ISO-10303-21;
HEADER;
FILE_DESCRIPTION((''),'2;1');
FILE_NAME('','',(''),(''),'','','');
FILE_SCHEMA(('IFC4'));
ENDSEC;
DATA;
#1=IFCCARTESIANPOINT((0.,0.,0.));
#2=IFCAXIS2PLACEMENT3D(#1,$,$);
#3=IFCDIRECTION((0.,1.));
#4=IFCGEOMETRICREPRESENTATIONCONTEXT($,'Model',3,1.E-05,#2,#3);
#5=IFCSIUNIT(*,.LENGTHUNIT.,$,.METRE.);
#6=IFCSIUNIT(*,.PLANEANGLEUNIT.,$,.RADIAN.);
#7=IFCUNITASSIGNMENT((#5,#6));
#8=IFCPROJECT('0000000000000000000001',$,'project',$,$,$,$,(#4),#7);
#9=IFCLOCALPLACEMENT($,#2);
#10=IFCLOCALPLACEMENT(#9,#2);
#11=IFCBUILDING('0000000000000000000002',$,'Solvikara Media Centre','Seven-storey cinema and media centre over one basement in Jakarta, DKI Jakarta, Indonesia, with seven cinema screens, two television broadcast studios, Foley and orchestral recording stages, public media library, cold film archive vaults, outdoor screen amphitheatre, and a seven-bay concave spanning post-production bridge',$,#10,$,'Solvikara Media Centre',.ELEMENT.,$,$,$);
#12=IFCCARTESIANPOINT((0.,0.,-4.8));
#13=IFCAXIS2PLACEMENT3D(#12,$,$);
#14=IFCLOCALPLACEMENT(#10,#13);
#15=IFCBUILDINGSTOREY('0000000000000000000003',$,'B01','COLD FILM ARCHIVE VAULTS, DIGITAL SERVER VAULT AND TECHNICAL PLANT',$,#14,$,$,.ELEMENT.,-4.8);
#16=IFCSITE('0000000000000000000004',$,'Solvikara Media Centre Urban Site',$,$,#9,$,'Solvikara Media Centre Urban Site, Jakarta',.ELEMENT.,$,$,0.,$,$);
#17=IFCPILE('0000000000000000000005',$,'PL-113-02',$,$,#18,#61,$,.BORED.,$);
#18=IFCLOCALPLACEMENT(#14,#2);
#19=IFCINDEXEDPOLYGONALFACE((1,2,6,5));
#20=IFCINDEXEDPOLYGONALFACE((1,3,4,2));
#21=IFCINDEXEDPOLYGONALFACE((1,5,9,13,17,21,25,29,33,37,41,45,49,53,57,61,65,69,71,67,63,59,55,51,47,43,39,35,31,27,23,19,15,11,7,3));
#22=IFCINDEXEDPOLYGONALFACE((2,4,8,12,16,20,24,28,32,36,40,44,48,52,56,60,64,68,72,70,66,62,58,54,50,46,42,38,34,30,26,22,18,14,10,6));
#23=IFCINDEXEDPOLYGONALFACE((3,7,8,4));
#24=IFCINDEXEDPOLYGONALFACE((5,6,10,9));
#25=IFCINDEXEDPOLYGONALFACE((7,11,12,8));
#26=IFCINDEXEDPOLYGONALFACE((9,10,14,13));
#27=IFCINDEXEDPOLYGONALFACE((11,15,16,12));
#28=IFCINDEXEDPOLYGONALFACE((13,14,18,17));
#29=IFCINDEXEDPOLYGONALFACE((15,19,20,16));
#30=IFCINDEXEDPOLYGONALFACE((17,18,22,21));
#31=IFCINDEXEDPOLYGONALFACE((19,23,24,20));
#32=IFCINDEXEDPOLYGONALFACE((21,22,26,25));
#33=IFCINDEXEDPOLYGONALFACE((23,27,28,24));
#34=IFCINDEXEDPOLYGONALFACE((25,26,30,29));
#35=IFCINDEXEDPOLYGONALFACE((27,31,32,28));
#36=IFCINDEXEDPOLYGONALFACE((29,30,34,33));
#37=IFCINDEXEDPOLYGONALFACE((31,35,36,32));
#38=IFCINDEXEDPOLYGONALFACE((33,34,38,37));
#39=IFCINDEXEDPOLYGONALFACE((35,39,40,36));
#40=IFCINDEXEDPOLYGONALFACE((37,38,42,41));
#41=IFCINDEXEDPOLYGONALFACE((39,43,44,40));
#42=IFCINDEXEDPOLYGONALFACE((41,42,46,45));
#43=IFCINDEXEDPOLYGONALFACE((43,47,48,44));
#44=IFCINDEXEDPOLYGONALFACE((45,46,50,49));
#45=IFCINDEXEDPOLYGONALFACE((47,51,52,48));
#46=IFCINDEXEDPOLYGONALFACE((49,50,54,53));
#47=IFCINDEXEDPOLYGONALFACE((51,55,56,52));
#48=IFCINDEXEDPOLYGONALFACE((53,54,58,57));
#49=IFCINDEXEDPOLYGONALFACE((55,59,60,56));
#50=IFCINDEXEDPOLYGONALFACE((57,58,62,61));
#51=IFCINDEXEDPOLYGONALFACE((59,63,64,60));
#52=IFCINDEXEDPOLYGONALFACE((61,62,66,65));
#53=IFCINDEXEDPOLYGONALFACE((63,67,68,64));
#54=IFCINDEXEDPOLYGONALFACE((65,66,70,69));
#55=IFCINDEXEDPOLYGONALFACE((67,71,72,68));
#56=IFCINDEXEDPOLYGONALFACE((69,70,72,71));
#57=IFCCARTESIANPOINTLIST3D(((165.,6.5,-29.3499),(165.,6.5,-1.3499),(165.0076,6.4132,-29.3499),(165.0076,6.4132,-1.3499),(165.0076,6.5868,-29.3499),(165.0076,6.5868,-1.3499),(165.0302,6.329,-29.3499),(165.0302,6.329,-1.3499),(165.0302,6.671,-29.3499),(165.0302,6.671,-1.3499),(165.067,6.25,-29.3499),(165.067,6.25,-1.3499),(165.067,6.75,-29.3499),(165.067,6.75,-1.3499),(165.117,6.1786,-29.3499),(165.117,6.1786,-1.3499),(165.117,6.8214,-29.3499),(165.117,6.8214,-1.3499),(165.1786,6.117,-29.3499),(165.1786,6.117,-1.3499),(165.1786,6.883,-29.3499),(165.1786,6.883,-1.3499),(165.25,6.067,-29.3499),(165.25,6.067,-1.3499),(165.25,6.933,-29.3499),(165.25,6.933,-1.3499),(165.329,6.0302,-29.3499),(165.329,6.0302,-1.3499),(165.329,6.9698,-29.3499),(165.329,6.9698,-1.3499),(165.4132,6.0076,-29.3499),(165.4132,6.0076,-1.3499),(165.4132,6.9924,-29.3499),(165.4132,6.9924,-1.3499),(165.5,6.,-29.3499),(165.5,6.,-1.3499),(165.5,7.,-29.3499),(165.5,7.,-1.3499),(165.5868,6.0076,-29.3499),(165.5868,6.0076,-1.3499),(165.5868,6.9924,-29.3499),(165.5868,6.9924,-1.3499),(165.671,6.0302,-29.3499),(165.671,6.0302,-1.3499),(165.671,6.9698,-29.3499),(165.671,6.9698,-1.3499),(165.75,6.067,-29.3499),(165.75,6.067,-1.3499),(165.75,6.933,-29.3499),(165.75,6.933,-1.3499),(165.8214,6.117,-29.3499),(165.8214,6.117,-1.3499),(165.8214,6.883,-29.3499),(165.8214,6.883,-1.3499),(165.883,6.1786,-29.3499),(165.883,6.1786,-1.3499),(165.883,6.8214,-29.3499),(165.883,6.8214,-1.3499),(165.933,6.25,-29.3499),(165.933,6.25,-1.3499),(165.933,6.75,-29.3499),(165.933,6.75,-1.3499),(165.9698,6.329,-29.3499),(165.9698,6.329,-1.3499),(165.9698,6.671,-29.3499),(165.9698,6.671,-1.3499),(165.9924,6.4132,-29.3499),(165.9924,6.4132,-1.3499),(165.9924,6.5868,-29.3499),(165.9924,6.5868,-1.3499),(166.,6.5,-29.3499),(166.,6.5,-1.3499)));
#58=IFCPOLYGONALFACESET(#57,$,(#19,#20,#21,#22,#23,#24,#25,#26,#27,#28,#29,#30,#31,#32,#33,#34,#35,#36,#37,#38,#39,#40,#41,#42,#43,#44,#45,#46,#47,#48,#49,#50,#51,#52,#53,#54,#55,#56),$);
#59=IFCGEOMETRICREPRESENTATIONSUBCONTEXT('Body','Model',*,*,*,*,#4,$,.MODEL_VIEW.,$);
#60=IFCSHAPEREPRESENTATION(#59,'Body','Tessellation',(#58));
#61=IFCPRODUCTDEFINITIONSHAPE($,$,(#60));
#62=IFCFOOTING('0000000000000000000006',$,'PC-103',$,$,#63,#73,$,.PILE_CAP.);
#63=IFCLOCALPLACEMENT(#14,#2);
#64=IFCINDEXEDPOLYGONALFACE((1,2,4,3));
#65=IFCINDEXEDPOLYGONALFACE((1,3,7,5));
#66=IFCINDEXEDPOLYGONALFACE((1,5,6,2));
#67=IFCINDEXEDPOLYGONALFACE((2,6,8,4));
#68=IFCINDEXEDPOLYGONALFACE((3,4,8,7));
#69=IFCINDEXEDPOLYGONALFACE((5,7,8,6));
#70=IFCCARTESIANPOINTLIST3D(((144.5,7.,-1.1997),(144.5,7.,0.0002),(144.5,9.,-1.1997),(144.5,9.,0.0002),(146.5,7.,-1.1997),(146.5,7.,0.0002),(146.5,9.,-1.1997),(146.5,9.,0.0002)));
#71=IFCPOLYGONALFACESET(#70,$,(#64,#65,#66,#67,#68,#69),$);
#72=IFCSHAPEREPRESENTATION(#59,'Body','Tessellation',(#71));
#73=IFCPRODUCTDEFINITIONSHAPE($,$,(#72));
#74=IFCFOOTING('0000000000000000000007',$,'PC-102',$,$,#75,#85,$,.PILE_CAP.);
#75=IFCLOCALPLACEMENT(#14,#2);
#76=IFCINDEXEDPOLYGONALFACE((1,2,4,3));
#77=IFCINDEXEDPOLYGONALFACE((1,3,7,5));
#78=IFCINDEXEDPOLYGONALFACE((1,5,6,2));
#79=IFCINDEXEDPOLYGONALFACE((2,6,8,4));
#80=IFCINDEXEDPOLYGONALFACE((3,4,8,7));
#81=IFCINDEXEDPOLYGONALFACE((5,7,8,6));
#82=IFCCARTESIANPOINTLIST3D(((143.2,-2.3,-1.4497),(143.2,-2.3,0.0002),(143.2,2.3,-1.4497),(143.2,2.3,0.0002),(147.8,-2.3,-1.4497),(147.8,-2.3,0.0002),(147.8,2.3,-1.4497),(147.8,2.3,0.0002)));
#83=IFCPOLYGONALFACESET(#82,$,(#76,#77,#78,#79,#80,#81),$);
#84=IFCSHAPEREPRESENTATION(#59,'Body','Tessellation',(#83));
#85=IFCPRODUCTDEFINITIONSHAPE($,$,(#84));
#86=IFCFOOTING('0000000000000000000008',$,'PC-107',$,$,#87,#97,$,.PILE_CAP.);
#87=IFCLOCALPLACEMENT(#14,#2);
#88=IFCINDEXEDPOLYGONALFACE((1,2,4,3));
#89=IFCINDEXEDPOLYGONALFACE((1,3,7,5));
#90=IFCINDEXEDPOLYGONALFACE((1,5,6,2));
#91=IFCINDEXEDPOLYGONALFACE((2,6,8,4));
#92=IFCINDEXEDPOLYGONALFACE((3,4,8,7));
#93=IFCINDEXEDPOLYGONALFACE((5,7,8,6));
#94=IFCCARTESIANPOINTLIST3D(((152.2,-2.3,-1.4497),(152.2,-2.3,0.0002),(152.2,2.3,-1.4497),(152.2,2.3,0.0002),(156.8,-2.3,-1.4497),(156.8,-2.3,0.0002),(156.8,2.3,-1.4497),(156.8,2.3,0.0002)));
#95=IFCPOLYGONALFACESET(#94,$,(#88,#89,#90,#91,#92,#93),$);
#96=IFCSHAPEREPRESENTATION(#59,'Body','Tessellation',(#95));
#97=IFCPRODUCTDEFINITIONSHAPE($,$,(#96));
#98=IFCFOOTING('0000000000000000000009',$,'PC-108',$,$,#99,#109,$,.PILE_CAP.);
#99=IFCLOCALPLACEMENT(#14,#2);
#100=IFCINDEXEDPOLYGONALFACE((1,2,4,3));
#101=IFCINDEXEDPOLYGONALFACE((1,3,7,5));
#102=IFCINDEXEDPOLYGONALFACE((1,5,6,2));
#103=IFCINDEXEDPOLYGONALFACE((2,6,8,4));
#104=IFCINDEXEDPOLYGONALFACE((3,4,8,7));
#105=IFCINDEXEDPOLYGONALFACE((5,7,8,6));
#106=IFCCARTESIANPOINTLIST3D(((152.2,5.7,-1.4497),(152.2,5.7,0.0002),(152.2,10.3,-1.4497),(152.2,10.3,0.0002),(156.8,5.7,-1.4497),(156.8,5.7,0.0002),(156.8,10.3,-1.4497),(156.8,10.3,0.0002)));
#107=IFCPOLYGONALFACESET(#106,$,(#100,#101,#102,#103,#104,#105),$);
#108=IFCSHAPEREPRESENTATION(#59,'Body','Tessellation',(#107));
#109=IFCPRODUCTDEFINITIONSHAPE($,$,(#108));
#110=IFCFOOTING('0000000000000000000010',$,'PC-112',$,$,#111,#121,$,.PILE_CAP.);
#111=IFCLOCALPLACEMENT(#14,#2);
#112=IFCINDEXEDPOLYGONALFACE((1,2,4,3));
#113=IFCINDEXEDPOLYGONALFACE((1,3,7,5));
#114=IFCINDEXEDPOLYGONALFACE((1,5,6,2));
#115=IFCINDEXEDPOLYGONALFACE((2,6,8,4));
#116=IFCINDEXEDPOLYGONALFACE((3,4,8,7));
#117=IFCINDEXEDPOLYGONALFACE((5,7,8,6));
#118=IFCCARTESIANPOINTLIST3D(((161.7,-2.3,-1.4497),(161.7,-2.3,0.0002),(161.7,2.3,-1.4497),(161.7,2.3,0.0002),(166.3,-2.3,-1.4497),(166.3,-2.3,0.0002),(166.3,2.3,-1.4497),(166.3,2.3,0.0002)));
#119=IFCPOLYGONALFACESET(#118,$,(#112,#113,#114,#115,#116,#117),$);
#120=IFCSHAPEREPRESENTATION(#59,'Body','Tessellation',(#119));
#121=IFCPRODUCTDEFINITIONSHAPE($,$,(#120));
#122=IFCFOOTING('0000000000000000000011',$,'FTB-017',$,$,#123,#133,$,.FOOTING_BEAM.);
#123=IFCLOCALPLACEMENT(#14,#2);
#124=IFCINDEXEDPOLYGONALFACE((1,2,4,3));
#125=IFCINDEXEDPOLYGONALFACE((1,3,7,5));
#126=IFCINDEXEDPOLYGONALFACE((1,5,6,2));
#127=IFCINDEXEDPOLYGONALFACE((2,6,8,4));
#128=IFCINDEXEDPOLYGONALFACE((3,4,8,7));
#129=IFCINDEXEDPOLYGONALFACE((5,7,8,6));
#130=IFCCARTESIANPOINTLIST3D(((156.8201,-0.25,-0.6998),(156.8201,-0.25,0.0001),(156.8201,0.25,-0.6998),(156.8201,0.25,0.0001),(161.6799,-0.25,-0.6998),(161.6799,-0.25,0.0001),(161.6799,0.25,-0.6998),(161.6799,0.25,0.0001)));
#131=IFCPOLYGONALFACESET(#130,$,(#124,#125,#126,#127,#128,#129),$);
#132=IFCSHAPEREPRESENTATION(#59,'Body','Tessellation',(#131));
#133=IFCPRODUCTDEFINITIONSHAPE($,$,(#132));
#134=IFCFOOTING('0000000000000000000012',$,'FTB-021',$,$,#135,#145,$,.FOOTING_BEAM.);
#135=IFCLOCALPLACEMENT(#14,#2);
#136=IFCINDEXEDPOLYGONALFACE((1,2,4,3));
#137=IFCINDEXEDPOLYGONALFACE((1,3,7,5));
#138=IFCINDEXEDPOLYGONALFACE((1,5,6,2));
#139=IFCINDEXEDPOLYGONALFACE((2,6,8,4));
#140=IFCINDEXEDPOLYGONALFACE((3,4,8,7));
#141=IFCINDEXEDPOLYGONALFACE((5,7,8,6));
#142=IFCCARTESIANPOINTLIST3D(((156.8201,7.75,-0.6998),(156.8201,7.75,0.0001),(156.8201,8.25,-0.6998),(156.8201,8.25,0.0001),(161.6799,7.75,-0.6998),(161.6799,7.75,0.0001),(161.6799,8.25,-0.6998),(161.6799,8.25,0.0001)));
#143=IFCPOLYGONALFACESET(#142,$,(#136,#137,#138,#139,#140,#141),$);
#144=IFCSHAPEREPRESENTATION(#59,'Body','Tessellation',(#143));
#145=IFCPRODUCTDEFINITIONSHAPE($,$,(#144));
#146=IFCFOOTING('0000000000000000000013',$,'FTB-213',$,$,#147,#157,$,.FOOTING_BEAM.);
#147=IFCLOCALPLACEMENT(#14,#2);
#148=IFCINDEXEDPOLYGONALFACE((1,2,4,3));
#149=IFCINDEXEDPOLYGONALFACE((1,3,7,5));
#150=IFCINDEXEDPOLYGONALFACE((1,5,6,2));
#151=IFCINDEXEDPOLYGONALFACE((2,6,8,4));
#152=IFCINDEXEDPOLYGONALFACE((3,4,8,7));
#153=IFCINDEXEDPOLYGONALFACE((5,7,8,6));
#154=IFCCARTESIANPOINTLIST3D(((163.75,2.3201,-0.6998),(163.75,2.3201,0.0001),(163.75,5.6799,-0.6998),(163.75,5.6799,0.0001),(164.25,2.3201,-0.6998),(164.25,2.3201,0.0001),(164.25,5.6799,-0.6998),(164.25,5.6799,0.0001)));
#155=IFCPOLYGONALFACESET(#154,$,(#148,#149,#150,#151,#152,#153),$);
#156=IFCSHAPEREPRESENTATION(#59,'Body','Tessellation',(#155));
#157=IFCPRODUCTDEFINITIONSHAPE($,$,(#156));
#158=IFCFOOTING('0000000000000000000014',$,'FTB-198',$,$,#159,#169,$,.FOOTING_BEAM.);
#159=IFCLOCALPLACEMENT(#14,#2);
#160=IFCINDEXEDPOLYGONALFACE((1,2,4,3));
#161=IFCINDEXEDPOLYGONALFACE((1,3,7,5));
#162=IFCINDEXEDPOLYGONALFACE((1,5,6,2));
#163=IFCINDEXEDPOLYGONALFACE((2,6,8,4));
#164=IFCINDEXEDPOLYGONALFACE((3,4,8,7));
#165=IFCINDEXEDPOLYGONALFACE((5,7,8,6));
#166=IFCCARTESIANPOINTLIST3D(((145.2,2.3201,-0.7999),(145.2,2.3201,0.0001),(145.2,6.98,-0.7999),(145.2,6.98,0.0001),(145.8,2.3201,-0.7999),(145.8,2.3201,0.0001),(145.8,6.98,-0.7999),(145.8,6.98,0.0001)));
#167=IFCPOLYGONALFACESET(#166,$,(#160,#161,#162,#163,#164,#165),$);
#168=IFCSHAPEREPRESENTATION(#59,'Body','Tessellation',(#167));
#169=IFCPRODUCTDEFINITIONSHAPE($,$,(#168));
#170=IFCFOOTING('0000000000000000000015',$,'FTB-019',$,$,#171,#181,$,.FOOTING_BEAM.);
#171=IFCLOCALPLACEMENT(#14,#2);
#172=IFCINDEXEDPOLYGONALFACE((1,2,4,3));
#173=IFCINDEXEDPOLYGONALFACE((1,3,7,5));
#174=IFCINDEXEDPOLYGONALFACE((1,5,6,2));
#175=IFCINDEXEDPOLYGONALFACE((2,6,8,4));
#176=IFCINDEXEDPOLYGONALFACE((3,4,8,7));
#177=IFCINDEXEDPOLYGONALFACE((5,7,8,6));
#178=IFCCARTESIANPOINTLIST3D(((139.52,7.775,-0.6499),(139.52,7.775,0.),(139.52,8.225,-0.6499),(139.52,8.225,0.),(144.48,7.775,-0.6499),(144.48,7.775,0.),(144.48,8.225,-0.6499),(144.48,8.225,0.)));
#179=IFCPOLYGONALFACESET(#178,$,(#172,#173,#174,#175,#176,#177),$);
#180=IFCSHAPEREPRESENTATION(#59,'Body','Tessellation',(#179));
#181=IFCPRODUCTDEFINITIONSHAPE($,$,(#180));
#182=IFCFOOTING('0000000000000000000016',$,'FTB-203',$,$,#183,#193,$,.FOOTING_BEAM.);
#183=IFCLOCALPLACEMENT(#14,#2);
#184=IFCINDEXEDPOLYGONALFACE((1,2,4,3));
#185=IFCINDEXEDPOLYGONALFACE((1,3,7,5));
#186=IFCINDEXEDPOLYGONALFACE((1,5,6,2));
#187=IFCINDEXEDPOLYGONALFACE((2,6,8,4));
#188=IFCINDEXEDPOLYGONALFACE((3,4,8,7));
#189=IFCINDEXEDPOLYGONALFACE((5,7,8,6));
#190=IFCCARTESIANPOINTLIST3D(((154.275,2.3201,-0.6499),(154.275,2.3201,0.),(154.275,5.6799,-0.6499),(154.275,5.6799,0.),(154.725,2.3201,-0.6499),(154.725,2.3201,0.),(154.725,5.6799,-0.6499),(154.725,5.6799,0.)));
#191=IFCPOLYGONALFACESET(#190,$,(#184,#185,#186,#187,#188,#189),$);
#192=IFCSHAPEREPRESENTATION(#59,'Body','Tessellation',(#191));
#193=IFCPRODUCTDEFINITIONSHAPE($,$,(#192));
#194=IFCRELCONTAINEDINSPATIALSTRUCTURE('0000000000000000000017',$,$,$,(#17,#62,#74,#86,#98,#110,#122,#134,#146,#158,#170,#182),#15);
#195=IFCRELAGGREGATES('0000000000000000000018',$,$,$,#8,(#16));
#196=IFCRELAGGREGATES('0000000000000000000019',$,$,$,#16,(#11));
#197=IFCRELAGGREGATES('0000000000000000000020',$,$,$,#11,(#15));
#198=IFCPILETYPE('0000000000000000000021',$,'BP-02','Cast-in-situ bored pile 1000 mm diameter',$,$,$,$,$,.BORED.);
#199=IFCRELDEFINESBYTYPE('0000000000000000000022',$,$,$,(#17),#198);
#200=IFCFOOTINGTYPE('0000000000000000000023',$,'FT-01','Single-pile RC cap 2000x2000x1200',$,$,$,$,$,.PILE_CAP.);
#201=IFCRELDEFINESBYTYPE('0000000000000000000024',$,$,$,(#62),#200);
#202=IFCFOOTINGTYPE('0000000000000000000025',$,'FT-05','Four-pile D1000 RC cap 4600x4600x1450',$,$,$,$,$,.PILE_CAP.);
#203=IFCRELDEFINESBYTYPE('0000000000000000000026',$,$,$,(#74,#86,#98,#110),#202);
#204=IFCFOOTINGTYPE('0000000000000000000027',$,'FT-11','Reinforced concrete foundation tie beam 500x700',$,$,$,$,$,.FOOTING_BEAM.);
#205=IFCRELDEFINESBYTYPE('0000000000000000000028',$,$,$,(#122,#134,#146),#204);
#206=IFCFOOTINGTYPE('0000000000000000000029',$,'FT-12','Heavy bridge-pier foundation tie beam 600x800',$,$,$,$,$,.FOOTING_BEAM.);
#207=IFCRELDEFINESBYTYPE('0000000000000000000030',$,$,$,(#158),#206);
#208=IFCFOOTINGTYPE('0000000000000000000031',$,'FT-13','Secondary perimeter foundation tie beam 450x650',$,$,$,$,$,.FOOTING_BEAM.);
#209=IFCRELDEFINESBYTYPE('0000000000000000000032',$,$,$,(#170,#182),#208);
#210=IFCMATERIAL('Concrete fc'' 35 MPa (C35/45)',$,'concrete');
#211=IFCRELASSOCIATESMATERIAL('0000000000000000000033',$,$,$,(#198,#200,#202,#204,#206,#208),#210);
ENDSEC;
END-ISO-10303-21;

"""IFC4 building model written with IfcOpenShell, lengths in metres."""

from ifc_helpers import new_model, si_unit, direction, frame, origin, origin_2d, place, context, subcontext, project, spatial, rectangle, circle, extrude, material, material_profile, profile_set, type_object, element, save


model = new_model("IFC4")

# Units and contexts
model_context = context("Model", 3, precision=1e-05, world=origin(), true_north=direction((0.0, 1.0)))
body_context = subcontext(model_context, "Body", "Model", "MODEL_VIEW")
ifc_project = project(units=[si_unit("LENGTHUNIT", "METRE"), si_unit("PLANEANGLEUNIT", "RADIAN")], contexts=[model_context])

# Site, building, storey
site_placement = place(None, origin())
site = spatial("IfcSite", under=ifc_project, at=site_placement, Name="Solvikara Media Centre Urban Site", LongName="Solvikara Media Centre Urban Site, Jakarta", CompositionType="ELEMENT", RefElevation=0.0)
building_placement = place(site_placement, origin())
building = spatial("IfcBuilding", under=site, at=building_placement, Name="Solvikara Media Centre", Description="Seven-storey cinema and media centre over one basement in Jakarta, DKI Jakarta, Indonesia, with seven cinema screens, two television broadcast studios, Foley and orchestral recording stages, public media library, cold film archive vaults, outdoor screen amphitheatre, and a seven-bay concave spanning post-production bridge", LongName="Solvikara Media Centre", CompositionType="ELEMENT")
storey_placement = place(building_placement, frame((0.0, 0.0, -4.8)))
storey = spatial("IfcBuildingStorey", under=building, at=storey_placement, Name="B01", Description="COLD FILM ARCHIVE VAULTS, DIGITAL SERVER VAULT AND TECHNICAL PLANT", CompositionType="ELEMENT", Elevation=-4.8)

# Pile
ifc_material_1 = material(Name="Concrete fc' 35 MPa (C35/45)", Category="concrete")
ifc_material_profile_1 = material_profile(ifc_material_1, circle(Radius=0.5, at=origin_2d()), Name="BORED PILE D1000")
ifc_profile_set_1 = profile_set([ifc_material_profile_1], Name="Concrete fc' 35 MPa (C35/45)")
pile_type_1 = type_object("IfcPileType", Name="BP-02", Description="Cast-in-situ bored pile 1000 mm diameter", PredefinedType="BORED", material=ifc_profile_set_1)
for number, where, z_axis, x_axis, name in (
    (1, (165.5, 6.5, -1.3499), (0.0, 0.0, -1.0), (1.0, 0.0, 0.0), "PL-113-02"),
):
    element("IfcPile", number, at=place(storey_placement, frame(where, z_axis=z_axis, x_axis=x_axis)), inside=storey, type_object=pile_type_1, Name=name, PredefinedType="BORED", context=body_context, shape_type="SweptSolid", body=[
        extrude(circle(Radius=0.5, at=origin_2d()), origin(), (0.0, 0.0, 1.0), 28.0),
    ])

# Footings
footing_type_1 = type_object("IfcFootingType", Name="FT-01", Description="Single-pile RC cap 2000x2000x1200", PredefinedType="PILE_CAP", material=ifc_material_1)
footing_1_placement = place(storey_placement, frame((145.5, 8.0, -1.1997), z_axis=(0.0, 0.0, 1.0), x_axis=(1.0, 0.0, 0.0)))
element("IfcFooting", 2, at=footing_1_placement, inside=storey, type_object=footing_type_1, Name="PC-103", PredefinedType="PILE_CAP", context=body_context, shape_type="SweptSolid", body=[
    extrude(rectangle(XDim=2.0, YDim=2.0, at=origin_2d()), origin(), (0.0, 0.0, 1.0), 1.2),
])
footing_type_2 = type_object("IfcFootingType", Name="FT-05", Description="Four-pile D1000 RC cap 4600x4600x1450", PredefinedType="PILE_CAP", material=ifc_material_1)
for number, where, z_axis, x_axis, name in (
    (3, (145.5, 0.0, -1.4497), (0.0, 0.0, 1.0), (1.0, 0.0, 0.0), "PC-102"),
    (4, (154.5, 0.0, -1.4497), (0.0, 0.0, 1.0), (1.0, 0.0, 0.0), "PC-107"),
    (5, (154.5, 8.0, -1.4497), (0.0, 0.0, 1.0), (1.0, 0.0, 0.0), "PC-108"),
    (6, (164.0, 0.0, -1.4497), (0.0, 0.0, 1.0), (1.0, 0.0, 0.0), "PC-112"),
):
    element("IfcFooting", number, at=place(storey_placement, frame(where, z_axis=z_axis, x_axis=x_axis)), inside=storey, type_object=footing_type_2, Name=name, PredefinedType="PILE_CAP", context=body_context, shape_type="SweptSolid", body=[
        extrude(rectangle(XDim=4.6001, YDim=4.6001, at=origin_2d()), origin(), (0.0, 0.0, 1.0), 1.45),
    ])
ifc_material_profile_2 = material_profile(ifc_material_1, rectangle(XDim=0.5, YDim=0.7, at=origin_2d()), Name="RC 500x700")
ifc_profile_set_2 = profile_set([ifc_material_profile_2], Name="Concrete fc' 35 MPa (C35/45)")
footing_type_3 = type_object("IfcFootingType", Name="FT-11", Description="Reinforced concrete foundation tie beam 500x700", PredefinedType="FOOTING_BEAM", material=ifc_profile_set_2)
for number, where, z_axis, x_axis, name in (
    (7, (156.8201, 0.0, -0.3499), (1.0, 0.0, 0.0), (0.0, 1.0, 0.0), "FTB-017"),
    (8, (156.8201, 8.0, -0.3499), (1.0, 0.0, 0.0), (0.0, 1.0, 0.0), "FTB-021"),
):
    element("IfcFooting", number, at=place(storey_placement, frame(where, z_axis=z_axis, x_axis=x_axis)), inside=storey, type_object=footing_type_3, Name=name, PredefinedType="FOOTING_BEAM", context=body_context, shape_type="SweptSolid", body=[
        extrude(rectangle(XDim=0.5, YDim=0.7, at=origin_2d()), origin(), (0.0, 0.0, 1.0), 4.8599),
    ])
footing_2_placement = place(storey_placement, frame((164.0, 2.3201, -0.3499), z_axis=(0.0, 1.0, 0.0), x_axis=(-1.0, 0.0, 0.0)))
element("IfcFooting", 9, at=footing_2_placement, inside=storey, type_object=footing_type_3, Name="FTB-213", PredefinedType="FOOTING_BEAM", context=body_context, shape_type="SweptSolid", body=[
    extrude(rectangle(XDim=0.5, YDim=0.7, at=origin_2d()), origin(), (0.0, 0.0, 1.0), 3.3599),
])
ifc_material_profile_3 = material_profile(ifc_material_1, rectangle(XDim=0.6001, YDim=0.8, at=origin_2d()), Name="RC 600x800")
ifc_profile_set_3 = profile_set([ifc_material_profile_3], Name="Concrete fc' 35 MPa (C35/45)")
footing_type_4 = type_object("IfcFootingType", Name="FT-12", Description="Heavy bridge-pier foundation tie beam 600x800", PredefinedType="FOOTING_BEAM", material=ifc_profile_set_3)
footing_3_placement = place(storey_placement, frame((145.5, 2.3201, -0.3999), z_axis=(0.0, 1.0, 0.0), x_axis=(-1.0, 0.0, 0.0)))
element("IfcFooting", 10, at=footing_3_placement, inside=storey, type_object=footing_type_4, Name="FTB-198", PredefinedType="FOOTING_BEAM", context=body_context, shape_type="SweptSolid", body=[
    extrude(rectangle(XDim=0.6001, YDim=0.8, at=origin_2d()), origin(), (0.0, 0.0, 1.0), 4.6599),
])
ifc_material_profile_4 = material_profile(ifc_material_1, rectangle(XDim=0.45, YDim=0.6499, at=origin_2d()), Name="RC 450x650")
ifc_profile_set_4 = profile_set([ifc_material_profile_4], Name="Concrete fc' 35 MPa (C35/45)")
footing_type_5 = type_object("IfcFootingType", Name="FT-13", Description="Secondary perimeter foundation tie beam 450x650", PredefinedType="FOOTING_BEAM", material=ifc_profile_set_4)
footing_4_placement = place(storey_placement, frame((139.52, 8.0, -0.325), z_axis=(1.0, 0.0, 0.0), x_axis=(0.0, 1.0, 0.0)))
element("IfcFooting", 11, at=footing_4_placement, inside=storey, type_object=footing_type_5, Name="FTB-019", PredefinedType="FOOTING_BEAM", context=body_context, shape_type="SweptSolid", body=[
    extrude(rectangle(XDim=0.45, YDim=0.6499, at=origin_2d()), origin(), (0.0, 0.0, 1.0), 4.96),
])
footing_5_placement = place(storey_placement, frame((154.5, 2.3201, -0.325), z_axis=(0.0, 1.0, 0.0), x_axis=(-1.0, 0.0, 0.0)))
element("IfcFooting", 12, at=footing_5_placement, inside=storey, type_object=footing_type_5, Name="FTB-203", PredefinedType="FOOTING_BEAM", context=body_context, shape_type="SweptSolid", body=[
    extrude(rectangle(XDim=0.45, YDim=0.6499, at=origin_2d()), origin(), (0.0, 0.0, 1.0), 3.3599),
])

save(model, "model.ifc")
